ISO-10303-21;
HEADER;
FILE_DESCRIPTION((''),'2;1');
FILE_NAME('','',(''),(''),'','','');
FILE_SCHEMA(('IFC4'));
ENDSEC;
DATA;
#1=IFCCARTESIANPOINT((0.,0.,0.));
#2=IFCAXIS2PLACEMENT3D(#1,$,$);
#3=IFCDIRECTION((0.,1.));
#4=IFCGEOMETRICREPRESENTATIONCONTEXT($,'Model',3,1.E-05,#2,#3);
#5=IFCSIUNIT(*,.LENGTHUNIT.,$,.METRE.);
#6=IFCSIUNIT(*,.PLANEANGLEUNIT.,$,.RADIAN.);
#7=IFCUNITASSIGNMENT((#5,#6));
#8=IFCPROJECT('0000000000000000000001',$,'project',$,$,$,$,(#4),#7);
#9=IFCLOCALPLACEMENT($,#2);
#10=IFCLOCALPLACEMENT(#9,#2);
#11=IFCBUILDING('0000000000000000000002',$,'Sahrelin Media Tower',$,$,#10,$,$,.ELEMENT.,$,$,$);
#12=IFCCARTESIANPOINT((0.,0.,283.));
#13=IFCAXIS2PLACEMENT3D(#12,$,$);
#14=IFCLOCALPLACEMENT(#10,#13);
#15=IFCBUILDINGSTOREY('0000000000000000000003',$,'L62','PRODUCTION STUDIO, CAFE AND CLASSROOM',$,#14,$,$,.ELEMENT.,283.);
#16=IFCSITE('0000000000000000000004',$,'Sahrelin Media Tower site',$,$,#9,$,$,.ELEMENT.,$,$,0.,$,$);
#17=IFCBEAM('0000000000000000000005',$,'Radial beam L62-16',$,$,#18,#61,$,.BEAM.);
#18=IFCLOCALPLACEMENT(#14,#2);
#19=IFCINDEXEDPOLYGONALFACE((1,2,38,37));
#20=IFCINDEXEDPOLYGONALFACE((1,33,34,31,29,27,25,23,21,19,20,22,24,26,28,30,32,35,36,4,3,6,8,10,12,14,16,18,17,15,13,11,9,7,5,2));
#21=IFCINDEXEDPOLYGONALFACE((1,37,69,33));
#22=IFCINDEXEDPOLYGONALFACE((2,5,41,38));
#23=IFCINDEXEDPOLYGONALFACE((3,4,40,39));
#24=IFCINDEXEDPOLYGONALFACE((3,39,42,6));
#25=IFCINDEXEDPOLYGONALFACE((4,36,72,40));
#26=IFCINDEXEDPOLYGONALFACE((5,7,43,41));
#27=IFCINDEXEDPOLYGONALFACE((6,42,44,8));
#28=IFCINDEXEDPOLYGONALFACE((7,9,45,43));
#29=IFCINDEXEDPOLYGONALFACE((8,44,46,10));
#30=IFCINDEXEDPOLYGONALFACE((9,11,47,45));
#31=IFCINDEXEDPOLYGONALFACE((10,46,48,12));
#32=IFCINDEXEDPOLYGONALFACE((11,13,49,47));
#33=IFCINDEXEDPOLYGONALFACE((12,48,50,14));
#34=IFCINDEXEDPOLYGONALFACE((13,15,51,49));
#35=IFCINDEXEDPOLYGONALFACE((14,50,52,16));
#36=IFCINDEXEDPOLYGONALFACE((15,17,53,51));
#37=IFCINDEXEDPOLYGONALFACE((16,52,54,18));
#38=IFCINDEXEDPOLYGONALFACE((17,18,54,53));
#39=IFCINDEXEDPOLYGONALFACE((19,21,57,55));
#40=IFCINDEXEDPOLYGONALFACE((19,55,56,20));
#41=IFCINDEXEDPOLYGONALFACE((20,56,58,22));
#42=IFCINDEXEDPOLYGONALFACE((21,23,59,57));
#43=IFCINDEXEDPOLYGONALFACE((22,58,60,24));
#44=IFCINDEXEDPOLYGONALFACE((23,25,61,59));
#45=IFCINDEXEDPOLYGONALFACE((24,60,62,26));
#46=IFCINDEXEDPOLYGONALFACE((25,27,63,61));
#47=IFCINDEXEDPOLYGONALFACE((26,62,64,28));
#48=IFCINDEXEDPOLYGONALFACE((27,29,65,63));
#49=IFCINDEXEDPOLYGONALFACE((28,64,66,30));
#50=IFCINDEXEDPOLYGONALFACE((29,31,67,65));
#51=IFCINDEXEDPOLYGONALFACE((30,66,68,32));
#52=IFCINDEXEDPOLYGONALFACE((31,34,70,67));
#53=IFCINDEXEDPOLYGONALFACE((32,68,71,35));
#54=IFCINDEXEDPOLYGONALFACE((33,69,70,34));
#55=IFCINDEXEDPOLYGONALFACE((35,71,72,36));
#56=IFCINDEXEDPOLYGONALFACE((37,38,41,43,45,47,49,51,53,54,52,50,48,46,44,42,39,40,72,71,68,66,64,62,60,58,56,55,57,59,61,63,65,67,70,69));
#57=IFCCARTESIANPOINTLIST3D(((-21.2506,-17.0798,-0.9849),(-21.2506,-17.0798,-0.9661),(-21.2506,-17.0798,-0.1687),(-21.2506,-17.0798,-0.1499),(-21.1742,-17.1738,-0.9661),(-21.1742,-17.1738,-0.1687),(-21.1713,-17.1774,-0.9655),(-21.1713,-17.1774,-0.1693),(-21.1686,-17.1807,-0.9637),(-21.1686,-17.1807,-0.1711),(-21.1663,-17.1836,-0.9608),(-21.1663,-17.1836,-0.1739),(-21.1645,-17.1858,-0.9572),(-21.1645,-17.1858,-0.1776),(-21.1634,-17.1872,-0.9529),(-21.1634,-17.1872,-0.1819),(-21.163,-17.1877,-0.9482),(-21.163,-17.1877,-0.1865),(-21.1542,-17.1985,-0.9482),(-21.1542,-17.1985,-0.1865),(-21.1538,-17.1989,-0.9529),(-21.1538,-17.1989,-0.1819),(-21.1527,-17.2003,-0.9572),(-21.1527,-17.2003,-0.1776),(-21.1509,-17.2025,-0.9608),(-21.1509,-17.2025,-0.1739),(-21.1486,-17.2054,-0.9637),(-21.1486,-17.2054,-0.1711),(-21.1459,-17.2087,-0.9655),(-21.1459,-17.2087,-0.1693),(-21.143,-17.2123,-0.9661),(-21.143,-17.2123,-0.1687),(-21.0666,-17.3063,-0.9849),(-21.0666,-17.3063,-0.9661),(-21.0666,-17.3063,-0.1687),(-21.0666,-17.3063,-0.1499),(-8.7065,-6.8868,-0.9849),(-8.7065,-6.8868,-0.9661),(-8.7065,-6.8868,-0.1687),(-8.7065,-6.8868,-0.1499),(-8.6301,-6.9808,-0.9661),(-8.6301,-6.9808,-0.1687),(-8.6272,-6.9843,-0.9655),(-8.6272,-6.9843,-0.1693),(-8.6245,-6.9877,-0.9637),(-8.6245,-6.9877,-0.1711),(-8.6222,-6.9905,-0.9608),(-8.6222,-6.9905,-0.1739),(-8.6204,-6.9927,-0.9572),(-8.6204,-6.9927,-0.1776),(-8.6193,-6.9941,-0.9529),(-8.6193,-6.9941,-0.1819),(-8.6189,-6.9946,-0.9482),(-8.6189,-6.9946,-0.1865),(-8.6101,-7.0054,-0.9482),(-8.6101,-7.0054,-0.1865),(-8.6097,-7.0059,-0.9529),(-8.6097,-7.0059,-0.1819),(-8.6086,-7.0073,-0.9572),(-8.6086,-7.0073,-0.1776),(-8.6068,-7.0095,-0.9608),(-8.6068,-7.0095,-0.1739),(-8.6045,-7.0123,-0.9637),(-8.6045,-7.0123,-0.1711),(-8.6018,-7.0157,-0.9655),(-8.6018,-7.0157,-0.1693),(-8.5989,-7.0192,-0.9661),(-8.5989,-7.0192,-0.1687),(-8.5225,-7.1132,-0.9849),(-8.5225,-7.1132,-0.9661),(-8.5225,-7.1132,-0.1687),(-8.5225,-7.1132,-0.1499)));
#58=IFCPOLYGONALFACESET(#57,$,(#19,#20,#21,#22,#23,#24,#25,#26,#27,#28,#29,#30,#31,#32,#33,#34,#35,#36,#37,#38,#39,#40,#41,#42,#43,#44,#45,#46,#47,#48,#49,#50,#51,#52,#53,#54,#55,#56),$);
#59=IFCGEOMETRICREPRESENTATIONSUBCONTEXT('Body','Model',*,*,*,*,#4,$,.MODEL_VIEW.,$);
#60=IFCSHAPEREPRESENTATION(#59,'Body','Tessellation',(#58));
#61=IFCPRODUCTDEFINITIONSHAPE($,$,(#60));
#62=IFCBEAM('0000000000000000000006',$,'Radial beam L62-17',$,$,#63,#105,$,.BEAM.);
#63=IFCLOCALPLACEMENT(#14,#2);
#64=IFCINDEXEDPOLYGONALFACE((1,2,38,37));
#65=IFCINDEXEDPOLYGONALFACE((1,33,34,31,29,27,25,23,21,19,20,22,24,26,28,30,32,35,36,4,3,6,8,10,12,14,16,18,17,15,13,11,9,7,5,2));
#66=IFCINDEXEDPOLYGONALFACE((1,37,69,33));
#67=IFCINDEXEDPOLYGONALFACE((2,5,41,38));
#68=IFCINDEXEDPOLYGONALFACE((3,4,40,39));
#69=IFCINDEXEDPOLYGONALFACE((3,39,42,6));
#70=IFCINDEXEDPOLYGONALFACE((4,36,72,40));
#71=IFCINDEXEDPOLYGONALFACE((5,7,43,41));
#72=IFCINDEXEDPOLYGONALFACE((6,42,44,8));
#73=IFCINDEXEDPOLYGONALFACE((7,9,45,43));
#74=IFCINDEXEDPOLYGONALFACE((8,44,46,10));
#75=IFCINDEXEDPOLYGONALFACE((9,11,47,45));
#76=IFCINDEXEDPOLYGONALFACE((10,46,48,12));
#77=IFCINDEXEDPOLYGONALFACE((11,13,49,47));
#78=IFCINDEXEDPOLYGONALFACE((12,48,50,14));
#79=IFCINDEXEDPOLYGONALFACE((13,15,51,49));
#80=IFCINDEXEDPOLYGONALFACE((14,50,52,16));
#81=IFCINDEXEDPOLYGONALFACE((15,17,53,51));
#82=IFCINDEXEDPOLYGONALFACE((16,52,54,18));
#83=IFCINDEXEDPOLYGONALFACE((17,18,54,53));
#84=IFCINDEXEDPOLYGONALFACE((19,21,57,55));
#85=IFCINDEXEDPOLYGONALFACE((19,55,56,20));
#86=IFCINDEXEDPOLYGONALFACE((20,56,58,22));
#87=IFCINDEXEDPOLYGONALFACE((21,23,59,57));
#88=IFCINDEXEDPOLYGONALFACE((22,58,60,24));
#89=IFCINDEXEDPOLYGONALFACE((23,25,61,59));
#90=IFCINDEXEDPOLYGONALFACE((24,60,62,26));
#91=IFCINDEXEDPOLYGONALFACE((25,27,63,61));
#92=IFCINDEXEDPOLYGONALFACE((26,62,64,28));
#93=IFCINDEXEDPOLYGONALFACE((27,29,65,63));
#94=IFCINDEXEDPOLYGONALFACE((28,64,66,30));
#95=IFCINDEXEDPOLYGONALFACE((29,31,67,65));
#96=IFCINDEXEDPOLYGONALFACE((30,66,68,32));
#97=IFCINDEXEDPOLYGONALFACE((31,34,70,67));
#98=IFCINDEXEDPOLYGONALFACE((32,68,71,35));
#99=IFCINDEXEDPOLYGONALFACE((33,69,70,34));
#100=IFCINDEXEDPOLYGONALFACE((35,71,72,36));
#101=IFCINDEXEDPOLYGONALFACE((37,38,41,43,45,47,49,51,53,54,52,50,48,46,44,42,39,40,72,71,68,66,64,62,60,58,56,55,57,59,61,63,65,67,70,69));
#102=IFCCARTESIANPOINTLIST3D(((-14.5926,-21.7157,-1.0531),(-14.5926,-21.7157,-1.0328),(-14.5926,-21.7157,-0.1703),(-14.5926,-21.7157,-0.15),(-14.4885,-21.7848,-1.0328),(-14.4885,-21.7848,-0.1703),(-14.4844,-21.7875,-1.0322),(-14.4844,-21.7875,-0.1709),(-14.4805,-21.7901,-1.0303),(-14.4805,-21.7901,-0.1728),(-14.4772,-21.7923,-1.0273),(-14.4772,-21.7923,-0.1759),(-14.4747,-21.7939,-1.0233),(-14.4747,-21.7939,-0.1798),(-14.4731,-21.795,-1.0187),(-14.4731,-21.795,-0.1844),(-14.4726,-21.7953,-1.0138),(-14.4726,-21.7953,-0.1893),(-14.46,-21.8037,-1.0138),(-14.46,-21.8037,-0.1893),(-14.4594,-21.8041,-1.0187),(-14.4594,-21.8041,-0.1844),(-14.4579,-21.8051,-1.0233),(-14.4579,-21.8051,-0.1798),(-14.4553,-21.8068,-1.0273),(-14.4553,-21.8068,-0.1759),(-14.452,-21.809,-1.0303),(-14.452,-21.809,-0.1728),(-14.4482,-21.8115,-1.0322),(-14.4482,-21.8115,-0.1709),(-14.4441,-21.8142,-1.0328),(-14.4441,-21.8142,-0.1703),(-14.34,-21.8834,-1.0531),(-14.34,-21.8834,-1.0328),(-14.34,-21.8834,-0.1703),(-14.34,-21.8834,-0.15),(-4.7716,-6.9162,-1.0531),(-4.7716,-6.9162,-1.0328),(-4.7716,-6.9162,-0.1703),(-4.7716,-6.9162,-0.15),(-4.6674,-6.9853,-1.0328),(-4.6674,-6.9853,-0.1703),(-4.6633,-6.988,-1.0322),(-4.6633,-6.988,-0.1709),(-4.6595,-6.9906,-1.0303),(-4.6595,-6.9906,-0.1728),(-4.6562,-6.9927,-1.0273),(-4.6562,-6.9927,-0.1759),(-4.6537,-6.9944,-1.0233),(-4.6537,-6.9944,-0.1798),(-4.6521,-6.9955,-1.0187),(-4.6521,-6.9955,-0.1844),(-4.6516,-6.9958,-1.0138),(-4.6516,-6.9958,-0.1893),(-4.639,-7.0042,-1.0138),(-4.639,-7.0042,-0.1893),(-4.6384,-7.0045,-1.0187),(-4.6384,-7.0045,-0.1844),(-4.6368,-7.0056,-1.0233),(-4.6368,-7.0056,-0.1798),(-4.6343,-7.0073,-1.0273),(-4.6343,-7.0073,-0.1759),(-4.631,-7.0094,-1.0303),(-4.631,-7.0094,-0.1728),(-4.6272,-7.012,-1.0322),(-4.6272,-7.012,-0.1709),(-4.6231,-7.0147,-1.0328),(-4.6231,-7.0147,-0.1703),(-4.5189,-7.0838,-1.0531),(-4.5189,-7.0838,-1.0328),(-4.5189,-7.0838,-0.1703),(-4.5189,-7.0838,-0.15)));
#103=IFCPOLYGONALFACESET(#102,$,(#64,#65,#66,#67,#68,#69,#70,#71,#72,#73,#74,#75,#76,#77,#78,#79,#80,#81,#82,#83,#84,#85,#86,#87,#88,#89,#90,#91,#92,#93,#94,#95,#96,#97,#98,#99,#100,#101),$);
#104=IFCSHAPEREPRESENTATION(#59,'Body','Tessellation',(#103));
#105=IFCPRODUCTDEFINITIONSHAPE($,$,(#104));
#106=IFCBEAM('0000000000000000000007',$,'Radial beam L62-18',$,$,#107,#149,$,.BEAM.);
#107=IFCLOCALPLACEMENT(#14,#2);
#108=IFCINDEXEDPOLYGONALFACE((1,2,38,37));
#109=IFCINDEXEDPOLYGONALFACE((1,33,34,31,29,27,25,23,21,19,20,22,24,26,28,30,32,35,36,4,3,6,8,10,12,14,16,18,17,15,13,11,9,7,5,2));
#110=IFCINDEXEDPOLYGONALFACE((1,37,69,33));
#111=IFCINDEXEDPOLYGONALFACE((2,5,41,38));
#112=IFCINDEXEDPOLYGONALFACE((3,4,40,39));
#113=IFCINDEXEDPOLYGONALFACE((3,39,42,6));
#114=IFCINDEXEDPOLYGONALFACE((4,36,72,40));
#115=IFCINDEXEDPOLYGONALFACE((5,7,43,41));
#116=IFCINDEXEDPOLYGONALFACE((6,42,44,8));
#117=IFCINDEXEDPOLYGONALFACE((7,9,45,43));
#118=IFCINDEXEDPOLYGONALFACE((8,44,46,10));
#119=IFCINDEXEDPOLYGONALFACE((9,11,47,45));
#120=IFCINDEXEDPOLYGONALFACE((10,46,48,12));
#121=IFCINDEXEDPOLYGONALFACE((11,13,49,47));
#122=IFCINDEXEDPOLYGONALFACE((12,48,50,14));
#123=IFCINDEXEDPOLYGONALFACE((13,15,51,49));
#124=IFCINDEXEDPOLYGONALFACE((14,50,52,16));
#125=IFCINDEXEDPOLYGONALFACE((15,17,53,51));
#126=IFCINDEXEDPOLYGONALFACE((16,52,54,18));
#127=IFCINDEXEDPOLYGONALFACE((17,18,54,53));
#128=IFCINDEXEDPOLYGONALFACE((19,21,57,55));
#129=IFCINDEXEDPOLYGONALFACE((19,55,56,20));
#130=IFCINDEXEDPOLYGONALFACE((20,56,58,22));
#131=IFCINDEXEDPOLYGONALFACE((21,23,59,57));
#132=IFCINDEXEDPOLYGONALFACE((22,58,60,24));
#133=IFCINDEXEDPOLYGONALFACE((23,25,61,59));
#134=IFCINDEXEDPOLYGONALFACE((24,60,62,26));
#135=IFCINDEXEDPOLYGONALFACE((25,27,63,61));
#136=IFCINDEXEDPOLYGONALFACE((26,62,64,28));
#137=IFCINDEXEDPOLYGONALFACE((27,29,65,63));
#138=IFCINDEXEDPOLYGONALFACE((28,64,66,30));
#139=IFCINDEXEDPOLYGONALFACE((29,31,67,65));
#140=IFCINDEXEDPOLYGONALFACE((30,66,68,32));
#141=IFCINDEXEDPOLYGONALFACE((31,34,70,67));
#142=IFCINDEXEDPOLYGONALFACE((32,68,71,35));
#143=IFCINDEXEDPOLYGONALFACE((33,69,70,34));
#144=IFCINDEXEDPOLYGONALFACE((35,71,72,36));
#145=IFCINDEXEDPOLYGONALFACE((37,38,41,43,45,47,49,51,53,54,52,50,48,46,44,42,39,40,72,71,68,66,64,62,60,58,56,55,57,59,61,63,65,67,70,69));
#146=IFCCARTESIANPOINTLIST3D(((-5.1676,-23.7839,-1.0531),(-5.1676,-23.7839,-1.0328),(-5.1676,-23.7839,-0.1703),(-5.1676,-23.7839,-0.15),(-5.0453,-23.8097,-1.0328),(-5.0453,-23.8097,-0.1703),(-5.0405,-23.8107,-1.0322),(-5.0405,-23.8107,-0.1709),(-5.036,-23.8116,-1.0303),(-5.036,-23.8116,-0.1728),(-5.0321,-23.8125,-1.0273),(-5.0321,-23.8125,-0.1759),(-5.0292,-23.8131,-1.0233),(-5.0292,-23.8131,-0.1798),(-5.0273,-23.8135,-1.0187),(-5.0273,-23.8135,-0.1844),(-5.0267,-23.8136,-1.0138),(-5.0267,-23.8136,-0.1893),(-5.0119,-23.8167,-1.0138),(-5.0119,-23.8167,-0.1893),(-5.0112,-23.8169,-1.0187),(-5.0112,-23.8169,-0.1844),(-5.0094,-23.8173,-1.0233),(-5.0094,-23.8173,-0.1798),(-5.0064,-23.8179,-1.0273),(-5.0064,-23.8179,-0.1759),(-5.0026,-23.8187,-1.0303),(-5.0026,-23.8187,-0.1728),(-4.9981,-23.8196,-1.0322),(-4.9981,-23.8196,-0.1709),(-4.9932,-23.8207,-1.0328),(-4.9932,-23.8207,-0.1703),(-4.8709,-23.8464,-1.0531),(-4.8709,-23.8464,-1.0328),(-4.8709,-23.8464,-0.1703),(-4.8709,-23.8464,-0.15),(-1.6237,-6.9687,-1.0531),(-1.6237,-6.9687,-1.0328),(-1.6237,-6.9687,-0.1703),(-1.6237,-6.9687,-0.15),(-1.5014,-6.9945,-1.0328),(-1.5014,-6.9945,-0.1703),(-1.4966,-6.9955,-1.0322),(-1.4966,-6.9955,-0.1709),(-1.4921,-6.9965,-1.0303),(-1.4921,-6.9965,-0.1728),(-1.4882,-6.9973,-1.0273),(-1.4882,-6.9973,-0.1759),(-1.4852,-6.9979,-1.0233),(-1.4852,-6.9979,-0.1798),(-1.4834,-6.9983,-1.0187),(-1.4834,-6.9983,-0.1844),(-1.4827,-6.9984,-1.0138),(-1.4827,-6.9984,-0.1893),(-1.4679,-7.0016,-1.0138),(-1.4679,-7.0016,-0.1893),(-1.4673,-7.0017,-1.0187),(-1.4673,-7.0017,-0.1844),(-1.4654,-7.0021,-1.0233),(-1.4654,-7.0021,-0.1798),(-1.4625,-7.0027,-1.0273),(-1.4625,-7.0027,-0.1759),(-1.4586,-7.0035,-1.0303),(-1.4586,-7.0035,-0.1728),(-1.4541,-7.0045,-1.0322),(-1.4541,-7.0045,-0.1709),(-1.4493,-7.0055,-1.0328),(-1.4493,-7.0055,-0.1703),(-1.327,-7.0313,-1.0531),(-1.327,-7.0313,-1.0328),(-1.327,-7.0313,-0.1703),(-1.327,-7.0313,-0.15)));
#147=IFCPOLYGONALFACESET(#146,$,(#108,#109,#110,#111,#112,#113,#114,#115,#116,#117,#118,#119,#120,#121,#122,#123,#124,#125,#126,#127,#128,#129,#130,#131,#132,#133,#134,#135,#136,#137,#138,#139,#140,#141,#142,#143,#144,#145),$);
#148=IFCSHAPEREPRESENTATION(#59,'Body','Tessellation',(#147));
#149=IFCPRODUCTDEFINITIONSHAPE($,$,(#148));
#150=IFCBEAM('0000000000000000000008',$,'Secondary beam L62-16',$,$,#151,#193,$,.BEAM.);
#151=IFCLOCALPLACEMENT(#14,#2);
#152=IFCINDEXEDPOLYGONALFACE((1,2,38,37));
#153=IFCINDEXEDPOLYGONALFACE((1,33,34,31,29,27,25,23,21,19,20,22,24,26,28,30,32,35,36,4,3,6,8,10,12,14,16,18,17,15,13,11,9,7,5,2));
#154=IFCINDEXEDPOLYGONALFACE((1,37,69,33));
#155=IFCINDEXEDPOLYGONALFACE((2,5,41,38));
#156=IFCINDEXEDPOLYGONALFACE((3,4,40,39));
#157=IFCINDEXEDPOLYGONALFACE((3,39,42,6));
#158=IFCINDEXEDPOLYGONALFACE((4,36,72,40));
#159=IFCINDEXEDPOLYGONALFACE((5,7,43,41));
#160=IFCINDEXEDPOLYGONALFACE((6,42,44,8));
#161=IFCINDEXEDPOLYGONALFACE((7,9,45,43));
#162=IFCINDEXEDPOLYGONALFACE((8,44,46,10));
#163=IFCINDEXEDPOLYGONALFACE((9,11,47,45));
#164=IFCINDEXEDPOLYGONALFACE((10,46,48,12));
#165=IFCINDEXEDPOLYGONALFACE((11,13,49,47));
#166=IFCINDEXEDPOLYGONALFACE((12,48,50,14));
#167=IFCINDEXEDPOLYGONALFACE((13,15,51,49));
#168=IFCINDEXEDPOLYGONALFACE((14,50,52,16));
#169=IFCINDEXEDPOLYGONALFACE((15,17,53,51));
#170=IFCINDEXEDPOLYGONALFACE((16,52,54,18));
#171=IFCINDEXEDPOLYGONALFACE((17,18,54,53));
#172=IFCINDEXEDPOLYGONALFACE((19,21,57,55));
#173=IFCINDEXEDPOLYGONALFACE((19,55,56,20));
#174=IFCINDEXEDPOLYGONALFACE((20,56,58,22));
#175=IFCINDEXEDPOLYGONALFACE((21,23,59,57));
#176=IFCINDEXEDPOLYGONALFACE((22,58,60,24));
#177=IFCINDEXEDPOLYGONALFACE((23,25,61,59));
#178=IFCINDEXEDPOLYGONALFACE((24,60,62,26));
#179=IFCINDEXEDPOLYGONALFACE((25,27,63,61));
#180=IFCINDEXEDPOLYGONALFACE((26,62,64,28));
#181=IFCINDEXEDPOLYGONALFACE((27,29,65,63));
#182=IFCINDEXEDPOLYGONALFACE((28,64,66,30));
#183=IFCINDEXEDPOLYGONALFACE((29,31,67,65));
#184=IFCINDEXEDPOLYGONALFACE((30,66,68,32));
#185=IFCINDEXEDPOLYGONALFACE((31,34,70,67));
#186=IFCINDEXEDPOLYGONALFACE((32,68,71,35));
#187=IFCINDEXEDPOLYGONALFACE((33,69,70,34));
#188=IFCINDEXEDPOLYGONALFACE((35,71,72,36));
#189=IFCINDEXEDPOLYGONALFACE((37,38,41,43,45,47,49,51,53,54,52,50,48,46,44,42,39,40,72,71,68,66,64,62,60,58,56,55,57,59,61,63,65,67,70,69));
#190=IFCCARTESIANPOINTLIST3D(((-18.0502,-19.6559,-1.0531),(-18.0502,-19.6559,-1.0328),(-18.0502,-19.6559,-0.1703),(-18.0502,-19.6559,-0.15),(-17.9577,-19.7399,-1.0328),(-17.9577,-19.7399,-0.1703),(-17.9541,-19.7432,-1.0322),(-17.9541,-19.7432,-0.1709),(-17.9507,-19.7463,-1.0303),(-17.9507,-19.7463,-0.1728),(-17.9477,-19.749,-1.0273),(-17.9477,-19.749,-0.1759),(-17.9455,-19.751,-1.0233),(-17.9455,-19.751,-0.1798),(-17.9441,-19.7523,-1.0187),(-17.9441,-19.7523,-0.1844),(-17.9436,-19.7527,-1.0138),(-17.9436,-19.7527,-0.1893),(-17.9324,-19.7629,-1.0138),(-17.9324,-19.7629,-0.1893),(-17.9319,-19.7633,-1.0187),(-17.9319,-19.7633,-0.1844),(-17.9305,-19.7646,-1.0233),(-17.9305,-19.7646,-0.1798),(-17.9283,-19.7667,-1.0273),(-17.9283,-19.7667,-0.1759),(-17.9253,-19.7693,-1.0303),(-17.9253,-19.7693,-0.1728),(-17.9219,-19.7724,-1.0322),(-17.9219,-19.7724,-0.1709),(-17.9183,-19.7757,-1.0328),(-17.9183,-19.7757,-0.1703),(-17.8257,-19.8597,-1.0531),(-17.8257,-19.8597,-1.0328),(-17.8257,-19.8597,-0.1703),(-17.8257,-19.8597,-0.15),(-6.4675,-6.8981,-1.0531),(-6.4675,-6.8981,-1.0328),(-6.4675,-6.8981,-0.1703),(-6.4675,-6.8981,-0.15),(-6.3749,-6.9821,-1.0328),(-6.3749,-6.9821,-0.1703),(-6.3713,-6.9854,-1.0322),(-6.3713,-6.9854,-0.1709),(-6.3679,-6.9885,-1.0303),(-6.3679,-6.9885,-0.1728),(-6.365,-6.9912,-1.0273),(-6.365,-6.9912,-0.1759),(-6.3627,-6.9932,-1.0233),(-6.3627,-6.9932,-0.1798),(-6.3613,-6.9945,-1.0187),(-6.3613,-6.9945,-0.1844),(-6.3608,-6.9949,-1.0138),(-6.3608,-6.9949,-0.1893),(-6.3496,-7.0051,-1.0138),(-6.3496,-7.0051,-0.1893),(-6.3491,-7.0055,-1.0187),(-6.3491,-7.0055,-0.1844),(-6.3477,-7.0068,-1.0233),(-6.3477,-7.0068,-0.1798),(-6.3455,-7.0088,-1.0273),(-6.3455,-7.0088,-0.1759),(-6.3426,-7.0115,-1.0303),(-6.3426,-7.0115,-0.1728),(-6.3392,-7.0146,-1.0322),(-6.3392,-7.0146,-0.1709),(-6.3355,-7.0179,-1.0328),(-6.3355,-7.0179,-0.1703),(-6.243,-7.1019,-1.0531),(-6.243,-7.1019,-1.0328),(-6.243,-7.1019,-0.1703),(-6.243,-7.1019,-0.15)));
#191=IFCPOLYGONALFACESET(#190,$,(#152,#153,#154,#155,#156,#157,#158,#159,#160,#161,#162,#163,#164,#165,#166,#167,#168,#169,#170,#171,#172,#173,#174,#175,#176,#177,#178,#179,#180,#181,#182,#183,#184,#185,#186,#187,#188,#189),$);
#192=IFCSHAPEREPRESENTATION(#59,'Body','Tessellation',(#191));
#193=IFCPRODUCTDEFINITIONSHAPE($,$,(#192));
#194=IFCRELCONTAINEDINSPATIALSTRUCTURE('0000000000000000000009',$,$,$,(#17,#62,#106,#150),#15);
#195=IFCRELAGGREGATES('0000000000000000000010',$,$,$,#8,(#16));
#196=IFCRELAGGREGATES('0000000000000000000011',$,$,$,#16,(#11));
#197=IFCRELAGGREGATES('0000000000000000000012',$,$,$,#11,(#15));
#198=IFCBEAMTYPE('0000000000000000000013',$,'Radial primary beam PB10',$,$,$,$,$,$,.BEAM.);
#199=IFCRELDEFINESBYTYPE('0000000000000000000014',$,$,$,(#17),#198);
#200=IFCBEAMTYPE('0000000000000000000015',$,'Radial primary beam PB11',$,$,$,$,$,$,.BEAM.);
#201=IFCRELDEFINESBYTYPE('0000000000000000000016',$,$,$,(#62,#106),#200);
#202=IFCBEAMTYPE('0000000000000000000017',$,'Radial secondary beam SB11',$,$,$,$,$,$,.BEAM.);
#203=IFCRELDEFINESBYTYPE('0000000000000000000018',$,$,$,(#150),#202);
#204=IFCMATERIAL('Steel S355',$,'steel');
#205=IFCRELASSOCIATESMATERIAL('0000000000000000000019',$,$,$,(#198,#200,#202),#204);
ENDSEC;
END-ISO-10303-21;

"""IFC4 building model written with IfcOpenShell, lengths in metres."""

from ifc_helpers import new_model, si_unit, direction, frame, origin, origin_2d, place, context, subcontext, project, spatial, i_section, extrude, material, material_profile, profile_set, type_object, element, save


model = new_model("IFC4")

# Units and contexts
model_context = context("Model", 3, precision=1e-05, world=origin(), true_north=direction((0.0, 1.0)))
body_context = subcontext(model_context, "Body", "Model", "MODEL_VIEW")
ifc_project = project(units=[si_unit("LENGTHUNIT", "METRE"), si_unit("PLANEANGLEUNIT", "RADIAN")], contexts=[model_context])

# Site, building, storey
site_placement = place(None, origin())
site = spatial("IfcSite", under=ifc_project, at=site_placement, Name="Sahrelin Media Tower site", CompositionType="ELEMENT", RefElevation=0.0)
building_placement = place(site_placement, origin())
building = spatial("IfcBuilding", under=site, at=building_placement, Name="Sahrelin Media Tower", CompositionType="ELEMENT")
storey_placement = place(building_placement, frame((0.0, 0.0, 283.0)))
storey = spatial("IfcBuildingStorey", under=building, at=storey_placement, Name="L62", Description="PRODUCTION STUDIO, CAFE AND CLASSROOM", CompositionType="ELEMENT", Elevation=283.0)

# Beams
ifc_material_1 = material(Name="Steel S355", Category="steel")
ifc_material_profile_1 = material_profile(ifc_material_1, i_section(OverallWidth=0.2917, OverallDepth=0.835, WebThickness=0.0139, FlangeThickness=0.0188, FilletRadius=0.0178, at=origin_2d()), Name="UB 838x292x176")
ifc_profile_set_1 = profile_set([ifc_material_profile_1], Name="Steel S355")
beam_type_1 = type_object("IfcBeamType", Name="Radial primary beam PB10", PredefinedType="BEAM", material=ifc_profile_set_1)
beam_1_placement = place(storey_placement, frame((-8.6145, -7.0, -0.5674), z_axis=(-0.776085, -0.630628, 0.0), x_axis=(0.630628, -0.776085, 0.0)))
element("IfcBeam", 1, at=beam_1_placement, inside=storey, type_object=beam_type_1, Name="Radial beam L62-16", PredefinedType="BEAM", context=body_context, shape_type="SweptSolid", body=[
    extrude(i_section(OverallWidth=0.2917, OverallDepth=0.835, WebThickness=0.0139, FlangeThickness=0.0188, FilletRadius=0.0178, at=origin_2d()), origin(), (0.0, 0.0, 1.0), 16.1633),
])
ifc_material_profile_2 = material_profile(ifc_material_1, i_section(OverallWidth=0.3032, OverallDepth=0.9031, WebThickness=0.0151, FlangeThickness=0.0203, FilletRadius=0.019, at=origin_2d()), Name="UB 914x305x201")
ifc_profile_set_2 = profile_set([ifc_material_profile_2], Name="Steel S355")
beam_type_2 = type_object("IfcBeamType", Name="Radial primary beam PB11", PredefinedType="BEAM", material=ifc_profile_set_2)
beam_2_placement = place(storey_placement, frame((-4.6453, -7.0, -0.6016), z_axis=(-0.552932, -0.833226, 0.0), x_axis=(0.833226, -0.552932, 0.0)))
element("IfcBeam", 2, at=beam_2_placement, inside=storey, type_object=beam_type_2, Name="Radial beam L62-17", PredefinedType="BEAM", context=body_context, shape_type="SweptSolid", body=[
    extrude(i_section(OverallWidth=0.3032, OverallDepth=0.9031, WebThickness=0.0151, FlangeThickness=0.0203, FilletRadius=0.019, at=origin_2d()), origin(), (0.0, 0.0, 1.0), 17.7617),
])
beam_3_placement = place(storey_placement, frame((-1.4753, -7.0, -0.6016), z_axis=(-0.206228, -0.978504, 0.0), x_axis=(0.978504, -0.206228, 0.0)))
element("IfcBeam", 3, at=beam_3_placement, inside=storey, type_object=beam_type_2, Name="Radial beam L62-18", PredefinedType="BEAM", context=body_context, shape_type="SweptSolid", body=[
    extrude(i_section(OverallWidth=0.3032, OverallDepth=0.9031, WebThickness=0.0151, FlangeThickness=0.0203, FilletRadius=0.019, at=origin_2d()), origin(), (0.0, 0.0, 1.0), 17.1846),
])
ifc_material_profile_3 = material_profile(ifc_material_1, i_section(OverallWidth=0.3032, OverallDepth=0.9031, WebThickness=0.0151, FlangeThickness=0.0203, FilletRadius=0.019, at=origin_2d()), Name="UB 914x305x201")
ifc_profile_set_3 = profile_set([ifc_material_profile_3], Name="Steel S355")
beam_type_3 = type_object("IfcBeamType", Name="Radial secondary beam SB11", PredefinedType="BEAM", material=ifc_profile_set_3)
beam_4_placement = place(storey_placement, frame((-6.3552, -7.0, -0.6016), z_axis=(-0.672188, -0.74038, 0.0), x_axis=(0.74038, -0.672188, 0.0)))
element("IfcBeam", 4, at=beam_4_placement, inside=storey, type_object=beam_type_3, Name="Secondary beam L62-16", PredefinedType="BEAM", context=body_context, shape_type="SweptSolid", body=[
    extrude(i_section(OverallWidth=0.3032, OverallDepth=0.9031, WebThickness=0.0151, FlangeThickness=0.0203, FilletRadius=0.019, at=origin_2d()), origin(), (0.0, 0.0, 1.0), 17.2314),
])

save(model, "model.ifc")
